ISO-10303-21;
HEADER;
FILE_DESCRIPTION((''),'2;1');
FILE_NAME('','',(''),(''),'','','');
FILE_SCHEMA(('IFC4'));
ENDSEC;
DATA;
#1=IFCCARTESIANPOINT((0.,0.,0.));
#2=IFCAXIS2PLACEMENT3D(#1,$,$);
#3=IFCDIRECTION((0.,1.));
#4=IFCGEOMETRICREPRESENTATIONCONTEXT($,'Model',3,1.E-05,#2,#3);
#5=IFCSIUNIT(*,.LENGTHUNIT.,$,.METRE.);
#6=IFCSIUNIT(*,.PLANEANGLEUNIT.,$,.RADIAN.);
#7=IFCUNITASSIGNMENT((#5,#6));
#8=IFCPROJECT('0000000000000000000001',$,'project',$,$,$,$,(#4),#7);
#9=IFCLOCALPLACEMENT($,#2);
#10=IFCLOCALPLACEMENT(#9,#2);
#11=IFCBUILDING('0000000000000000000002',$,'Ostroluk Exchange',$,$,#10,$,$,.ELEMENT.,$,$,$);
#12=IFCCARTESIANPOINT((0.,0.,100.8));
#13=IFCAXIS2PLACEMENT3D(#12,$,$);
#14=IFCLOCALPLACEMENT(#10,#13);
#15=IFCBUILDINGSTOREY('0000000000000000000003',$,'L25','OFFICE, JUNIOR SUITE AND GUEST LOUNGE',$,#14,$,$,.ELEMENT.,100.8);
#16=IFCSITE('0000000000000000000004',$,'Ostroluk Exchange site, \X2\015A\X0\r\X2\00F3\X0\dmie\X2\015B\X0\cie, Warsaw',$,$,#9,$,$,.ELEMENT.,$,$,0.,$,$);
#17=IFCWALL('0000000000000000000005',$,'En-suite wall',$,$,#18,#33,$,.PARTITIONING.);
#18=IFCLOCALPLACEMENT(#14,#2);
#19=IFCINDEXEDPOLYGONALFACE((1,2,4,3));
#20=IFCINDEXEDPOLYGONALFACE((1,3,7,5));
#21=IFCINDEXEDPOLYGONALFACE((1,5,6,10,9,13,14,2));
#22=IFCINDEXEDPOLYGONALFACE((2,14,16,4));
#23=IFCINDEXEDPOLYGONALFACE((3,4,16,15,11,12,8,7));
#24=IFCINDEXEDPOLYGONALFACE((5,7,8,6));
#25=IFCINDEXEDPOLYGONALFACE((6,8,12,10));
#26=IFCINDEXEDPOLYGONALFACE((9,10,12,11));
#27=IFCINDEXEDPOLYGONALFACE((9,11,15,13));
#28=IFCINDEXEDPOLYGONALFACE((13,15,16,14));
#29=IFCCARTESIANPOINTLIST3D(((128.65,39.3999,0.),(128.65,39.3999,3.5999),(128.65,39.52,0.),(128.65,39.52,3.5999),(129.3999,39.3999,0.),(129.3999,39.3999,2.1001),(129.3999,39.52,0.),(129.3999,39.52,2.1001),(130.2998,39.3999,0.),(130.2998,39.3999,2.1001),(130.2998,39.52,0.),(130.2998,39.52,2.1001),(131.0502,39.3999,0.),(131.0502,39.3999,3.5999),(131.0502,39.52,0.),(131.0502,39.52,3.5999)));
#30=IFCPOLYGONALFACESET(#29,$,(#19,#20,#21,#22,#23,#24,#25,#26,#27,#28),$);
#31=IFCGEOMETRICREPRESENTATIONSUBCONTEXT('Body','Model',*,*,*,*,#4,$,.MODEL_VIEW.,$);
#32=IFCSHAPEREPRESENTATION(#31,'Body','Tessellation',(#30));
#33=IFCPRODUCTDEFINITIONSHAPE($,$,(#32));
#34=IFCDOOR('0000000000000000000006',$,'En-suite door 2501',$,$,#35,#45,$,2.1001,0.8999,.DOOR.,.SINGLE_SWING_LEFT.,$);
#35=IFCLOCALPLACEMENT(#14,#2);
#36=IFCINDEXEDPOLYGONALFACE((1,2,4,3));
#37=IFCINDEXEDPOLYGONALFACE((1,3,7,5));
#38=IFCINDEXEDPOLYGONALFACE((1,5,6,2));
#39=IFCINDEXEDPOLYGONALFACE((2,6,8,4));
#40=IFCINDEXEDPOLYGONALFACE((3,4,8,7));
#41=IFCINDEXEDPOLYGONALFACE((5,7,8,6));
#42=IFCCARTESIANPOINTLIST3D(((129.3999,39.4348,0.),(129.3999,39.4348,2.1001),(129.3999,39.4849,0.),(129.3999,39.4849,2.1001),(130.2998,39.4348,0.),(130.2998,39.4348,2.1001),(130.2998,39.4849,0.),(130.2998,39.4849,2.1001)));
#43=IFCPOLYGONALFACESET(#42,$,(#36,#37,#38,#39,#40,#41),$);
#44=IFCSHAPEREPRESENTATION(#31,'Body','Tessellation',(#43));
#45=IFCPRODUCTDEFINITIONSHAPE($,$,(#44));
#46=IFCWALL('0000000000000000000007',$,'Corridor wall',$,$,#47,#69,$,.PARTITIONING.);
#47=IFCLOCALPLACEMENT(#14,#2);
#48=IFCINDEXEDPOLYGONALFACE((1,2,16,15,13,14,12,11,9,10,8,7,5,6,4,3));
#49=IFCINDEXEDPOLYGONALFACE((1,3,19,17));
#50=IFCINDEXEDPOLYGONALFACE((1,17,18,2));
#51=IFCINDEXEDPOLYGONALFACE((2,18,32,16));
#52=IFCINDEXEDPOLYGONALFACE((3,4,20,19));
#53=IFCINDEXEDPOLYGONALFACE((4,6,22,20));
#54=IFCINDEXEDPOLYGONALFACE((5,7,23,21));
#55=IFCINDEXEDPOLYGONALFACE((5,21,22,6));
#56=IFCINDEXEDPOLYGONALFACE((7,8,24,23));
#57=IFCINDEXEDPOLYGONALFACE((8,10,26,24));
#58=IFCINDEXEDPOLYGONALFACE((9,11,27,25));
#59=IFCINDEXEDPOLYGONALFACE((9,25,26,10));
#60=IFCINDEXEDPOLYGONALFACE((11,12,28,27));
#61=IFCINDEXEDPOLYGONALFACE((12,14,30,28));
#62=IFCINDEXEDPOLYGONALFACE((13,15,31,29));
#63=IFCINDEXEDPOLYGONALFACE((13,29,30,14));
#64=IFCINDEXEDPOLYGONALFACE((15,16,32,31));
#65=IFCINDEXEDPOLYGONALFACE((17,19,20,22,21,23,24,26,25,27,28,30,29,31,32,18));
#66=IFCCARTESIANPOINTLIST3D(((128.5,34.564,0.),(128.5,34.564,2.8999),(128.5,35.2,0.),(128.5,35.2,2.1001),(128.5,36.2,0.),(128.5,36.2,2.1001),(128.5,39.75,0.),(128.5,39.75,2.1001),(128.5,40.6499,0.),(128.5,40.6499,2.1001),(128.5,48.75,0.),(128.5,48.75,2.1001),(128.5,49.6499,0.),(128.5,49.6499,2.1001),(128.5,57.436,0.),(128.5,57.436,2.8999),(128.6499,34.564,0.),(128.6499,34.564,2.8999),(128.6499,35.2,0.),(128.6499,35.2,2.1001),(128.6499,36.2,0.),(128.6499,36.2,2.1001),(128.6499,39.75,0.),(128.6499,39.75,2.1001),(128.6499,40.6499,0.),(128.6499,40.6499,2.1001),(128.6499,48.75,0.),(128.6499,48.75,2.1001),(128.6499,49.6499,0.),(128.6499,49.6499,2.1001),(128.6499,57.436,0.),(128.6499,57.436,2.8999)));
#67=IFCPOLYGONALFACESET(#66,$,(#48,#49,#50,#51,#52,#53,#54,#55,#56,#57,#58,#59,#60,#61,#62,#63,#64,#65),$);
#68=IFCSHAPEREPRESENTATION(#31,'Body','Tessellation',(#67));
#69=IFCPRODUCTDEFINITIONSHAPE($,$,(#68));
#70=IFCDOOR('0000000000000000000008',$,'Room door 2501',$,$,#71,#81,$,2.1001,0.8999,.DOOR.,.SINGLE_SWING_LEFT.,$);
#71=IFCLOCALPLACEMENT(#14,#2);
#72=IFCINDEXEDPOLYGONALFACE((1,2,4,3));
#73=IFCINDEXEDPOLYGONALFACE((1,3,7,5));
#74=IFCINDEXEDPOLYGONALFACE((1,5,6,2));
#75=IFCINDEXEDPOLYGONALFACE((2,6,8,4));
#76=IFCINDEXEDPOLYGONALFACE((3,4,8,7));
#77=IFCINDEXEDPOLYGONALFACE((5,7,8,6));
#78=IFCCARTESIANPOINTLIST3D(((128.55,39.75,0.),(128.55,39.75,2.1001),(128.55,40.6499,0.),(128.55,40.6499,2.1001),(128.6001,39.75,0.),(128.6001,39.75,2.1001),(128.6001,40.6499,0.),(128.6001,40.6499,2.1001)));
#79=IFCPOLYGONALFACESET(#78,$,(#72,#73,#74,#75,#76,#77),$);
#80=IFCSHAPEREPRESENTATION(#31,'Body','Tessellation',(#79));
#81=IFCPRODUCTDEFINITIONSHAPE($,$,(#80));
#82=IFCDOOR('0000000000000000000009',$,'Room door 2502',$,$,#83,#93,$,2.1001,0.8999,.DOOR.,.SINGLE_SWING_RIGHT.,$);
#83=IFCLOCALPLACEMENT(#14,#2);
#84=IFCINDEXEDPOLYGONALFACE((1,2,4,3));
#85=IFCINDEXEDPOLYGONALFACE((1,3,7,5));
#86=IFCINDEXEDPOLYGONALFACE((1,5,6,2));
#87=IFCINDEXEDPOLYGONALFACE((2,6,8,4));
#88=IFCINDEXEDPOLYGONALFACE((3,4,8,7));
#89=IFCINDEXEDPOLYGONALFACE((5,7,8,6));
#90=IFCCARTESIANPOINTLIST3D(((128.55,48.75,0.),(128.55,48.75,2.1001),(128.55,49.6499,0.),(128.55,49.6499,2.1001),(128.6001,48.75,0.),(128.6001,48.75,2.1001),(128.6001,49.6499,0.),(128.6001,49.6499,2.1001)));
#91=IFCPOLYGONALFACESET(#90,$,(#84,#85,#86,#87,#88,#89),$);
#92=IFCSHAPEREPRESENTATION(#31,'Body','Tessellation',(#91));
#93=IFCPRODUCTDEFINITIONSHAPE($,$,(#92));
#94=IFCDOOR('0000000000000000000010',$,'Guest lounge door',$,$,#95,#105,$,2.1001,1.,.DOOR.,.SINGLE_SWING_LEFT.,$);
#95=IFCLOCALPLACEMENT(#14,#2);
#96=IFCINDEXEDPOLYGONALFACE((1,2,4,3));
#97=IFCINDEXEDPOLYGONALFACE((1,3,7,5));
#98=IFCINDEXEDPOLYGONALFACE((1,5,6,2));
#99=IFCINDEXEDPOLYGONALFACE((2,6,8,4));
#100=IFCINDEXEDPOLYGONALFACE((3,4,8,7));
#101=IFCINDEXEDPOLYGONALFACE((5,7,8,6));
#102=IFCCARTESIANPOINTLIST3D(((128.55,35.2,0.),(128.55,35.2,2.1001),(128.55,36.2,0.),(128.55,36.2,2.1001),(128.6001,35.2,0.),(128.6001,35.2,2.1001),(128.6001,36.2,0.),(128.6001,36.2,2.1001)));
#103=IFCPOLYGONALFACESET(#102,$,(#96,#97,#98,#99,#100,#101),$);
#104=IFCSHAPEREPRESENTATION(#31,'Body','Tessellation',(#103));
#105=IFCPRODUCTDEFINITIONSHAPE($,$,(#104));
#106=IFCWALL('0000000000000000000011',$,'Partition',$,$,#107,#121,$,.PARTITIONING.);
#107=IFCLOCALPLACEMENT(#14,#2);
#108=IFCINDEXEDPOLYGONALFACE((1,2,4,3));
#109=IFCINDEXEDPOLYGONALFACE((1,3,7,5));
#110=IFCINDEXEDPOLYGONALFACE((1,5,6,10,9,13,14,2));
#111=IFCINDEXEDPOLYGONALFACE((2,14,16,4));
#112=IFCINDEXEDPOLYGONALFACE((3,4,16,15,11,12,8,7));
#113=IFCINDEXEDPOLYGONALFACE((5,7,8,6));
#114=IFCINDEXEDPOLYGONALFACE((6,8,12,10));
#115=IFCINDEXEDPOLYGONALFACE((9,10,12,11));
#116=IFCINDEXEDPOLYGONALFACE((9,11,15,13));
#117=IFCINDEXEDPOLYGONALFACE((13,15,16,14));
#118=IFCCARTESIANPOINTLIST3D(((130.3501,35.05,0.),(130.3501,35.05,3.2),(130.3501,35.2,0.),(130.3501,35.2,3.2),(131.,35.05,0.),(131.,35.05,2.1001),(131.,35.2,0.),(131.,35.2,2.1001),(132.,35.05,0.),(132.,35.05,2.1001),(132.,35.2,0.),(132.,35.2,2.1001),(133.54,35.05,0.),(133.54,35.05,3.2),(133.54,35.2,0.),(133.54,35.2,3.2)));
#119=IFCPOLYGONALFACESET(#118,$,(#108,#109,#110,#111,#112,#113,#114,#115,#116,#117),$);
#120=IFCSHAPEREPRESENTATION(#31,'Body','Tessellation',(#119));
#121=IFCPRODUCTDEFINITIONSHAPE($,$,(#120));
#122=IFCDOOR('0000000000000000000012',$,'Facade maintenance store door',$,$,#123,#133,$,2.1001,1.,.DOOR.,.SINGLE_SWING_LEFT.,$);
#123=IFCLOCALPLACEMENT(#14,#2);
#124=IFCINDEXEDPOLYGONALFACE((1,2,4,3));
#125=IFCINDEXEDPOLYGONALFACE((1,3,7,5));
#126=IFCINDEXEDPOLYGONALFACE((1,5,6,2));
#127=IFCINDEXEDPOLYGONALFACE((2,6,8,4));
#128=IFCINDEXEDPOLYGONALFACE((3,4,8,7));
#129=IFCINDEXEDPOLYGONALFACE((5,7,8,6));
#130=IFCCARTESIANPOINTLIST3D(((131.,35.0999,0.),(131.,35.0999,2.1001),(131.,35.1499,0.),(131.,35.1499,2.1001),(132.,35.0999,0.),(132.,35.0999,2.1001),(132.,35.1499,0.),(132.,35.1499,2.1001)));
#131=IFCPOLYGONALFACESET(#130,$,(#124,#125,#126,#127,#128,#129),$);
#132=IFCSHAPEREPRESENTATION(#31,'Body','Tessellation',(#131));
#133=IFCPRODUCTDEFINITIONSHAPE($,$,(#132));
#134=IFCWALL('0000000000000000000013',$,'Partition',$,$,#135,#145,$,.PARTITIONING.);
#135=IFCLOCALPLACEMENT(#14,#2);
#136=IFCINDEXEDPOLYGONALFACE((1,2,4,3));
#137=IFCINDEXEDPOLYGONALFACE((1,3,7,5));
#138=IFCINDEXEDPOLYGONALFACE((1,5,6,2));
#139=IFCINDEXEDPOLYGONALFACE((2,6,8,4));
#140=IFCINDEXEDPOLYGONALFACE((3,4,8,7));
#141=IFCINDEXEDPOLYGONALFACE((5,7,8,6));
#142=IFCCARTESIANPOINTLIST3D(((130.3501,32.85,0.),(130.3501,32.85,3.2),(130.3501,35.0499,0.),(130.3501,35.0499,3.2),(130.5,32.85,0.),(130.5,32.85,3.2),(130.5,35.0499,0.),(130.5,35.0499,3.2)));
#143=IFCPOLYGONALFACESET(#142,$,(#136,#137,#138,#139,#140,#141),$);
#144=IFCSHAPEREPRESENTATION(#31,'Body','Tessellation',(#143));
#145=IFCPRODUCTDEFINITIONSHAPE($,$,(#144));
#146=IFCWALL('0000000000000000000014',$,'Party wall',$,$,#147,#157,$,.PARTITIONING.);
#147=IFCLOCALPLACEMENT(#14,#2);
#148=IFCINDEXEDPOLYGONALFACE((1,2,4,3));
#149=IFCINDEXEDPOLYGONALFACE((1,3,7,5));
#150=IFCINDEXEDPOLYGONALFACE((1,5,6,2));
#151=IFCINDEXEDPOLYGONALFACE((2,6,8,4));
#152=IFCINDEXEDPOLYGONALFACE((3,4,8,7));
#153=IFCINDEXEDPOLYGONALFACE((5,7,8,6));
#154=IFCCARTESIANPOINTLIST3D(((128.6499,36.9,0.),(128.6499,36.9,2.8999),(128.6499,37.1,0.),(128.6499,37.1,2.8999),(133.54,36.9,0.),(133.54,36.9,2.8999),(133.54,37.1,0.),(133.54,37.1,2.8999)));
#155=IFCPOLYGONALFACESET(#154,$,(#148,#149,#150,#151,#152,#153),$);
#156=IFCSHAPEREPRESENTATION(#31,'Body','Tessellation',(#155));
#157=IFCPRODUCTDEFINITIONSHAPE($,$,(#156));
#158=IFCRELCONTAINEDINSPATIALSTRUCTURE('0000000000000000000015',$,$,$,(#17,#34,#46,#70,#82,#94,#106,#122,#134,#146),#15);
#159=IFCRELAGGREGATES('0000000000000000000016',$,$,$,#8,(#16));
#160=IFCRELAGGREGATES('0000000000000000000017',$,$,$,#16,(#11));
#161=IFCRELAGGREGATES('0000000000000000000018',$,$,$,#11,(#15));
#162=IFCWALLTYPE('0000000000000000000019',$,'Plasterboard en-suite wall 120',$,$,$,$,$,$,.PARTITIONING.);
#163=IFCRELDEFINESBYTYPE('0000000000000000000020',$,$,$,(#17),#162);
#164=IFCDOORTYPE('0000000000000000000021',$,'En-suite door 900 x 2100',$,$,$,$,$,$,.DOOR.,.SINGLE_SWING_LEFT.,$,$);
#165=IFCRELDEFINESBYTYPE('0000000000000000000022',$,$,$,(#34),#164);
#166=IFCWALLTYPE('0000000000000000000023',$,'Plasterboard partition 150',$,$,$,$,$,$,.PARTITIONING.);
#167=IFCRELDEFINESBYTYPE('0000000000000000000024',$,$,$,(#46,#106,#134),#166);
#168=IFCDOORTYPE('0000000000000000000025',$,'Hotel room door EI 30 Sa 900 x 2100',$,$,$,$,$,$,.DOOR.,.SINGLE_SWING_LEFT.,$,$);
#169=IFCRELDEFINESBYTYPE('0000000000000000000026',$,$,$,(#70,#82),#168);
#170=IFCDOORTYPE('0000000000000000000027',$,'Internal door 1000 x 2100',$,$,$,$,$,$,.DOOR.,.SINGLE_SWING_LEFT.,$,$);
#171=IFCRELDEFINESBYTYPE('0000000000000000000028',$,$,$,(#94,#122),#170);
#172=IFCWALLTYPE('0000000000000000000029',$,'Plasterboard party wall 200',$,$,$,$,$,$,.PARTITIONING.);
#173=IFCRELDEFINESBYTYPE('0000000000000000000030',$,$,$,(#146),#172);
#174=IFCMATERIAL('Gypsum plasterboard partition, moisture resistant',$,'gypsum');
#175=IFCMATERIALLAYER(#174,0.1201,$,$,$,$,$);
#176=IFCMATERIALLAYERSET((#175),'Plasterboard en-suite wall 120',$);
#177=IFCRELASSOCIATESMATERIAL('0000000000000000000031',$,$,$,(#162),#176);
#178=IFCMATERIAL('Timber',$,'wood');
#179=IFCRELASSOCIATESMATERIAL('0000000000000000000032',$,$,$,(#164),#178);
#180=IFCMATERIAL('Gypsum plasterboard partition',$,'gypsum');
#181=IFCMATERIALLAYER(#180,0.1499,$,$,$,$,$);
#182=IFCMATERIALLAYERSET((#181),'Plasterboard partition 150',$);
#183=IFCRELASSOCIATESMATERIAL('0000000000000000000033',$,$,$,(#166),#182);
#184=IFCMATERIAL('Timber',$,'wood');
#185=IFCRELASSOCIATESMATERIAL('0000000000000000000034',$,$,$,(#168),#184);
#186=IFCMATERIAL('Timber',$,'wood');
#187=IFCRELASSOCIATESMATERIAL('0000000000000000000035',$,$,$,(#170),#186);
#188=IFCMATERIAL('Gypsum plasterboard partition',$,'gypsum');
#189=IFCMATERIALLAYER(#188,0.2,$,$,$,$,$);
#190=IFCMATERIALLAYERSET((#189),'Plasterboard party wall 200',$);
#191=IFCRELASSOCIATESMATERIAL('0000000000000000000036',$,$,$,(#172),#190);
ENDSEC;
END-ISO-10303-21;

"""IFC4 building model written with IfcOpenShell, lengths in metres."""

from ifc_helpers import new_model, si_unit, direction, frame, frame_2d, origin, place, context, subcontext, project, spatial, rectangle, extrude, material, layer, layer_set, type_object, element, fill, save


model = new_model("IFC4")

# Units and contexts
model_context = context("Model", 3, precision=1e-05, world=origin(), true_north=direction((0.0, 1.0)))
body_context = subcontext(model_context, "Body", "Model", "MODEL_VIEW")
ifc_project = project(units=[si_unit("LENGTHUNIT", "METRE"), si_unit("PLANEANGLEUNIT", "RADIAN")], contexts=[model_context])

# Site, building, storey
site_placement = place(None, origin())
site = spatial("IfcSite", under=ifc_project, at=site_placement, Name="Ostroluk Exchange site, Śródmieście, Warsaw", CompositionType="ELEMENT", RefElevation=0.0)
building_placement = place(site_placement, origin())
building = spatial("IfcBuilding", under=site, at=building_placement, Name="Ostroluk Exchange", CompositionType="ELEMENT")
storey_placement = place(building_placement, frame((0.0, 0.0, 100.8)))
storey = spatial("IfcBuildingStorey", under=building, at=storey_placement, Name="L25", Description="OFFICE, JUNIOR SUITE AND GUEST LOUNGE", CompositionType="ELEMENT", Elevation=100.8)

# Shared definitions
ifc_material_1 = material(Name="Gypsum plasterboard partition, moisture resistant", Category="gypsum")
ifc_layer_1 = layer(ifc_material_1, 0.1201)
ifc_layer_set_1 = layer_set([ifc_layer_1], Name="Plasterboard en-suite wall 120")
wall_type_1 = type_object("IfcWallType", Name="Plasterboard en-suite wall 120", PredefinedType="PARTITIONING", material=ifc_layer_set_1)

# Wall, opening, door
wall_1_placement = place(storey_placement, frame((128.6499, 39.46, 0.0), z_axis=(0.0, 0.0, 1.0), x_axis=(1.0, 0.0, 0.0)))
wall_1 = element("IfcWall", 1, at=wall_1_placement, inside=storey, type_object=wall_type_1, Name="En-suite wall", PredefinedType="PARTITIONING", context=body_context, shape_type="SweptSolid", body=[
    extrude(rectangle(XDim=2.4001, YDim=0.1201, at=frame_2d((1.2002, 0.0))), origin(), (0.0, 0.0, 1.0), 3.5999),
])
opening_1_placement = place(wall_1_placement, frame((0.75, 0.0, 0.0)))
opening_1 = element("IfcOpeningElement", 2, at=opening_1_placement, cuts=wall_1, PredefinedType="OPENING", context=body_context, shape_type="SweptSolid", body=[
    extrude(rectangle(XDim=0.8999, YDim=2.1001, at=frame_2d((0.45, 1.05))), frame((0.0, 0.0701, 0.0), z_axis=(0.0, -1.0, 0.0), x_axis=(1.0, 0.0, 0.0)), (0.0, 0.0, 1.0), 0.1401),
])
ifc_material_2 = material(Name="Timber", Category="wood")
door_type_1 = type_object("IfcDoorType", Name="En-suite door 900 x 2100", OperationType="SINGLE_SWING_LEFT", PredefinedType="DOOR", material=ifc_material_2)
door_1_placement = place(opening_1_placement, origin())
door_1 = element("IfcDoor", 3, at=door_1_placement, inside=storey, type_object=door_type_1, Name="En-suite door 2501", OperationType="SINGLE_SWING_LEFT", OverallHeight=2.1001, OverallWidth=0.8999, PredefinedType="DOOR", context=body_context, shape_type="SweptSolid", body=[
    extrude(rectangle(XDim=0.8999, YDim=2.1001, at=frame_2d((0.45, 1.05))), frame((0.0, 0.0249, 0.0), z_axis=(0.0, -1.0, 0.0), x_axis=(1.0, 0.0, 0.0)), (0.0, 0.0, 1.0), 0.05),
])
fill(opening_1, door_1)

# Wall, openings, doors
ifc_material_3 = material(Name="Gypsum plasterboard partition", Category="gypsum")
ifc_layer_2 = layer(ifc_material_3, 0.1499)
ifc_layer_set_2 = layer_set([ifc_layer_2], Name="Plasterboard partition 150")
wall_type_2 = type_object("IfcWallType", Name="Plasterboard partition 150", PredefinedType="PARTITIONING", material=ifc_layer_set_2)
wall_2_placement = place(storey_placement, frame((128.575, 34.564, 0.0), z_axis=(0.0, 0.0, 1.0), x_axis=(0.0, 1.0, 0.0)))
wall_2 = element("IfcWall", 4, at=wall_2_placement, inside=storey, type_object=wall_type_2, Name="Corridor wall", PredefinedType="PARTITIONING", context=body_context, shape_type="SweptSolid", body=[
    extrude(rectangle(XDim=22.8721, YDim=0.1499, at=frame_2d((11.436, 0.0))), origin(), (0.0, 0.0, 1.0), 2.8999),
])
opening_2_placement = place(wall_2_placement, frame((0.636, 0.0, 0.0)))
opening_2 = element("IfcOpeningElement", 5, at=opening_2_placement, cuts=wall_2, PredefinedType="OPENING", context=body_context, shape_type="SweptSolid", body=[
    extrude(rectangle(XDim=1.0, YDim=2.1001, at=frame_2d((0.5, 1.05))), frame((0.0, 0.085, 0.0), z_axis=(0.0, -1.0, 0.0), x_axis=(1.0, 0.0, 0.0)), (0.0, 0.0, 1.0), 0.1699),
])
opening_3_placement = place(wall_2_placement, frame((5.186, 0.0, 0.0)))
opening_3 = element("IfcOpeningElement", 6, at=opening_3_placement, cuts=wall_2, PredefinedType="OPENING", context=body_context, shape_type="SweptSolid", body=[
    extrude(rectangle(XDim=0.8999, YDim=2.1001, at=frame_2d((0.45, 1.05))), frame((0.0, 0.085, 0.0), z_axis=(0.0, -1.0, 0.0), x_axis=(1.0, 0.0, 0.0)), (0.0, 0.0, 1.0), 0.1699),
])
opening_4_placement = place(wall_2_placement, frame((14.186, 0.0, 0.0)))
opening_4 = element("IfcOpeningElement", 7, at=opening_4_placement, cuts=wall_2, PredefinedType="OPENING", context=body_context, shape_type="SweptSolid", body=[
    extrude(rectangle(XDim=0.8999, YDim=2.1001, at=frame_2d((0.45, 1.05))), frame((0.0, 0.085, 0.0), z_axis=(0.0, -1.0, 0.0), x_axis=(1.0, 0.0, 0.0)), (0.0, 0.0, 1.0), 0.1699),
])
ifc_material_4 = material(Name="Timber", Category="wood")
door_type_2 = type_object("IfcDoorType", Name="Hotel room door EI 30 Sa 900 x 2100", OperationType="SINGLE_SWING_LEFT", PredefinedType="DOOR", material=ifc_material_4)
door_2_placement = place(opening_3_placement, origin())
door_2 = element("IfcDoor", 8, at=door_2_placement, inside=storey, type_object=door_type_2, Name="Room door 2501", OperationType="SINGLE_SWING_LEFT", OverallHeight=2.1001, OverallWidth=0.8999, PredefinedType="DOOR", context=body_context, shape_type="SweptSolid", body=[
    extrude(rectangle(XDim=0.8999, YDim=2.1001, at=frame_2d((0.45, 1.05))), frame((0.0, 0.0249, 0.0), z_axis=(0.0, -1.0, 0.0), x_axis=(1.0, 0.0, 0.0)), (0.0, 0.0, 1.0), 0.05),
])
fill(opening_3, door_2)
door_3_placement = place(opening_4_placement, origin())
door_3 = element("IfcDoor", 9, at=door_3_placement, inside=storey, type_object=door_type_2, Name="Room door 2502", OperationType="SINGLE_SWING_RIGHT", OverallHeight=2.1001, OverallWidth=0.8999, PredefinedType="DOOR", context=body_context, shape_type="SweptSolid", body=[
    extrude(rectangle(XDim=0.8999, YDim=2.1001, at=frame_2d((0.45, 1.05))), frame((0.0, 0.0249, 0.0), z_axis=(0.0, -1.0, 0.0), x_axis=(1.0, 0.0, 0.0)), (0.0, 0.0, 1.0), 0.05),
])
fill(opening_4, door_3)
ifc_material_5 = material(Name="Timber", Category="wood")
door_type_3 = type_object("IfcDoorType", Name="Internal door 1000 x 2100", OperationType="SINGLE_SWING_LEFT", PredefinedType="DOOR", material=ifc_material_5)
door_4_placement = place(opening_2_placement, origin())
door_4 = element("IfcDoor", 10, at=door_4_placement, inside=storey, type_object=door_type_3, Name="Guest lounge door", OperationType="SINGLE_SWING_LEFT", OverallHeight=2.1001, OverallWidth=1.0, PredefinedType="DOOR", context=body_context, shape_type="SweptSolid", body=[
    extrude(rectangle(XDim=1.0, YDim=2.1001, at=frame_2d((0.5, 1.05))), frame((0.0, 0.0249, 0.0), z_axis=(0.0, -1.0, 0.0), x_axis=(1.0, 0.0, 0.0)), (0.0, 0.0, 1.0), 0.05),
])
fill(opening_2, door_4)

# Wall, opening, door
wall_3_placement = place(storey_placement, frame((130.3501, 35.125, 0.0), z_axis=(0.0, 0.0, 1.0), x_axis=(1.0, 0.0, 0.0)))
wall_3 = element("IfcWall", 11, at=wall_3_placement, inside=storey, type_object=wall_type_2, Name="Partition", PredefinedType="PARTITIONING", context=body_context, shape_type="SweptSolid", body=[
    extrude(rectangle(XDim=3.1899, YDim=0.1499, at=frame_2d((1.595, 0.0))), origin(), (0.0, 0.0, 1.0), 3.2),
])
opening_5_placement = place(wall_3_placement, frame((0.6499, 0.0, 0.0)))
opening_5 = element("IfcOpeningElement", 12, at=opening_5_placement, cuts=wall_3, PredefinedType="OPENING", context=body_context, shape_type="SweptSolid", body=[
    extrude(rectangle(XDim=1.0, YDim=2.1001, at=frame_2d((0.5, 1.05))), frame((0.0, 0.085, 0.0), z_axis=(0.0, -1.0, 0.0), x_axis=(1.0, 0.0, 0.0)), (0.0, 0.0, 1.0), 0.1699),
])
door_5_placement = place(opening_5_placement, origin())
door_5 = element("IfcDoor", 13, at=door_5_placement, inside=storey, type_object=door_type_3, Name="Facade maintenance store door", OperationType="SINGLE_SWING_LEFT", OverallHeight=2.1001, OverallWidth=1.0, PredefinedType="DOOR", context=body_context, shape_type="SweptSolid", body=[
    extrude(rectangle(XDim=1.0, YDim=2.1001, at=frame_2d((0.5, 1.05))), frame((0.0, 0.0249, 0.0), z_axis=(0.0, -1.0, 0.0), x_axis=(1.0, 0.0, 0.0)), (0.0, 0.0, 1.0), 0.05),
])
fill(opening_5, door_5)

# Walls
wall_4_placement = place(storey_placement, frame((130.425, 35.05, 0.0), z_axis=(0.0, 0.0, 1.0), x_axis=(0.0, -1.0, 0.0)))
element("IfcWall", 14, at=wall_4_placement, inside=storey, type_object=wall_type_2, Name="Partition", PredefinedType="PARTITIONING", context=body_context, shape_type="SweptSolid", body=[
    extrude(rectangle(XDim=2.2, YDim=0.1499, at=frame_2d((1.1001, 0.0))), origin(), (0.0, 0.0, 1.0), 3.2),
])
ifc_material_6 = material(Name="Gypsum plasterboard partition", Category="gypsum")
ifc_layer_3 = layer(ifc_material_6, 0.2)
ifc_layer_set_3 = layer_set([ifc_layer_3], Name="Plasterboard party wall 200")
wall_type_3 = type_object("IfcWallType", Name="Plasterboard party wall 200", PredefinedType="PARTITIONING", material=ifc_layer_set_3)
wall_5_placement = place(storey_placement, frame((128.6499, 37.0, 0.0), z_axis=(0.0, 0.0, 1.0), x_axis=(1.0, 0.0, 0.0)))
element("IfcWall", 15, at=wall_5_placement, inside=storey, type_object=wall_type_3, Name="Party wall", PredefinedType="PARTITIONING", context=body_context, shape_type="SweptSolid", body=[
    extrude(rectangle(XDim=4.8901, YDim=0.2, at=frame_2d((2.4451, 0.0))), origin(), (0.0, 0.0, 1.0), 2.8999),
])

save(model, "model.ifc")
